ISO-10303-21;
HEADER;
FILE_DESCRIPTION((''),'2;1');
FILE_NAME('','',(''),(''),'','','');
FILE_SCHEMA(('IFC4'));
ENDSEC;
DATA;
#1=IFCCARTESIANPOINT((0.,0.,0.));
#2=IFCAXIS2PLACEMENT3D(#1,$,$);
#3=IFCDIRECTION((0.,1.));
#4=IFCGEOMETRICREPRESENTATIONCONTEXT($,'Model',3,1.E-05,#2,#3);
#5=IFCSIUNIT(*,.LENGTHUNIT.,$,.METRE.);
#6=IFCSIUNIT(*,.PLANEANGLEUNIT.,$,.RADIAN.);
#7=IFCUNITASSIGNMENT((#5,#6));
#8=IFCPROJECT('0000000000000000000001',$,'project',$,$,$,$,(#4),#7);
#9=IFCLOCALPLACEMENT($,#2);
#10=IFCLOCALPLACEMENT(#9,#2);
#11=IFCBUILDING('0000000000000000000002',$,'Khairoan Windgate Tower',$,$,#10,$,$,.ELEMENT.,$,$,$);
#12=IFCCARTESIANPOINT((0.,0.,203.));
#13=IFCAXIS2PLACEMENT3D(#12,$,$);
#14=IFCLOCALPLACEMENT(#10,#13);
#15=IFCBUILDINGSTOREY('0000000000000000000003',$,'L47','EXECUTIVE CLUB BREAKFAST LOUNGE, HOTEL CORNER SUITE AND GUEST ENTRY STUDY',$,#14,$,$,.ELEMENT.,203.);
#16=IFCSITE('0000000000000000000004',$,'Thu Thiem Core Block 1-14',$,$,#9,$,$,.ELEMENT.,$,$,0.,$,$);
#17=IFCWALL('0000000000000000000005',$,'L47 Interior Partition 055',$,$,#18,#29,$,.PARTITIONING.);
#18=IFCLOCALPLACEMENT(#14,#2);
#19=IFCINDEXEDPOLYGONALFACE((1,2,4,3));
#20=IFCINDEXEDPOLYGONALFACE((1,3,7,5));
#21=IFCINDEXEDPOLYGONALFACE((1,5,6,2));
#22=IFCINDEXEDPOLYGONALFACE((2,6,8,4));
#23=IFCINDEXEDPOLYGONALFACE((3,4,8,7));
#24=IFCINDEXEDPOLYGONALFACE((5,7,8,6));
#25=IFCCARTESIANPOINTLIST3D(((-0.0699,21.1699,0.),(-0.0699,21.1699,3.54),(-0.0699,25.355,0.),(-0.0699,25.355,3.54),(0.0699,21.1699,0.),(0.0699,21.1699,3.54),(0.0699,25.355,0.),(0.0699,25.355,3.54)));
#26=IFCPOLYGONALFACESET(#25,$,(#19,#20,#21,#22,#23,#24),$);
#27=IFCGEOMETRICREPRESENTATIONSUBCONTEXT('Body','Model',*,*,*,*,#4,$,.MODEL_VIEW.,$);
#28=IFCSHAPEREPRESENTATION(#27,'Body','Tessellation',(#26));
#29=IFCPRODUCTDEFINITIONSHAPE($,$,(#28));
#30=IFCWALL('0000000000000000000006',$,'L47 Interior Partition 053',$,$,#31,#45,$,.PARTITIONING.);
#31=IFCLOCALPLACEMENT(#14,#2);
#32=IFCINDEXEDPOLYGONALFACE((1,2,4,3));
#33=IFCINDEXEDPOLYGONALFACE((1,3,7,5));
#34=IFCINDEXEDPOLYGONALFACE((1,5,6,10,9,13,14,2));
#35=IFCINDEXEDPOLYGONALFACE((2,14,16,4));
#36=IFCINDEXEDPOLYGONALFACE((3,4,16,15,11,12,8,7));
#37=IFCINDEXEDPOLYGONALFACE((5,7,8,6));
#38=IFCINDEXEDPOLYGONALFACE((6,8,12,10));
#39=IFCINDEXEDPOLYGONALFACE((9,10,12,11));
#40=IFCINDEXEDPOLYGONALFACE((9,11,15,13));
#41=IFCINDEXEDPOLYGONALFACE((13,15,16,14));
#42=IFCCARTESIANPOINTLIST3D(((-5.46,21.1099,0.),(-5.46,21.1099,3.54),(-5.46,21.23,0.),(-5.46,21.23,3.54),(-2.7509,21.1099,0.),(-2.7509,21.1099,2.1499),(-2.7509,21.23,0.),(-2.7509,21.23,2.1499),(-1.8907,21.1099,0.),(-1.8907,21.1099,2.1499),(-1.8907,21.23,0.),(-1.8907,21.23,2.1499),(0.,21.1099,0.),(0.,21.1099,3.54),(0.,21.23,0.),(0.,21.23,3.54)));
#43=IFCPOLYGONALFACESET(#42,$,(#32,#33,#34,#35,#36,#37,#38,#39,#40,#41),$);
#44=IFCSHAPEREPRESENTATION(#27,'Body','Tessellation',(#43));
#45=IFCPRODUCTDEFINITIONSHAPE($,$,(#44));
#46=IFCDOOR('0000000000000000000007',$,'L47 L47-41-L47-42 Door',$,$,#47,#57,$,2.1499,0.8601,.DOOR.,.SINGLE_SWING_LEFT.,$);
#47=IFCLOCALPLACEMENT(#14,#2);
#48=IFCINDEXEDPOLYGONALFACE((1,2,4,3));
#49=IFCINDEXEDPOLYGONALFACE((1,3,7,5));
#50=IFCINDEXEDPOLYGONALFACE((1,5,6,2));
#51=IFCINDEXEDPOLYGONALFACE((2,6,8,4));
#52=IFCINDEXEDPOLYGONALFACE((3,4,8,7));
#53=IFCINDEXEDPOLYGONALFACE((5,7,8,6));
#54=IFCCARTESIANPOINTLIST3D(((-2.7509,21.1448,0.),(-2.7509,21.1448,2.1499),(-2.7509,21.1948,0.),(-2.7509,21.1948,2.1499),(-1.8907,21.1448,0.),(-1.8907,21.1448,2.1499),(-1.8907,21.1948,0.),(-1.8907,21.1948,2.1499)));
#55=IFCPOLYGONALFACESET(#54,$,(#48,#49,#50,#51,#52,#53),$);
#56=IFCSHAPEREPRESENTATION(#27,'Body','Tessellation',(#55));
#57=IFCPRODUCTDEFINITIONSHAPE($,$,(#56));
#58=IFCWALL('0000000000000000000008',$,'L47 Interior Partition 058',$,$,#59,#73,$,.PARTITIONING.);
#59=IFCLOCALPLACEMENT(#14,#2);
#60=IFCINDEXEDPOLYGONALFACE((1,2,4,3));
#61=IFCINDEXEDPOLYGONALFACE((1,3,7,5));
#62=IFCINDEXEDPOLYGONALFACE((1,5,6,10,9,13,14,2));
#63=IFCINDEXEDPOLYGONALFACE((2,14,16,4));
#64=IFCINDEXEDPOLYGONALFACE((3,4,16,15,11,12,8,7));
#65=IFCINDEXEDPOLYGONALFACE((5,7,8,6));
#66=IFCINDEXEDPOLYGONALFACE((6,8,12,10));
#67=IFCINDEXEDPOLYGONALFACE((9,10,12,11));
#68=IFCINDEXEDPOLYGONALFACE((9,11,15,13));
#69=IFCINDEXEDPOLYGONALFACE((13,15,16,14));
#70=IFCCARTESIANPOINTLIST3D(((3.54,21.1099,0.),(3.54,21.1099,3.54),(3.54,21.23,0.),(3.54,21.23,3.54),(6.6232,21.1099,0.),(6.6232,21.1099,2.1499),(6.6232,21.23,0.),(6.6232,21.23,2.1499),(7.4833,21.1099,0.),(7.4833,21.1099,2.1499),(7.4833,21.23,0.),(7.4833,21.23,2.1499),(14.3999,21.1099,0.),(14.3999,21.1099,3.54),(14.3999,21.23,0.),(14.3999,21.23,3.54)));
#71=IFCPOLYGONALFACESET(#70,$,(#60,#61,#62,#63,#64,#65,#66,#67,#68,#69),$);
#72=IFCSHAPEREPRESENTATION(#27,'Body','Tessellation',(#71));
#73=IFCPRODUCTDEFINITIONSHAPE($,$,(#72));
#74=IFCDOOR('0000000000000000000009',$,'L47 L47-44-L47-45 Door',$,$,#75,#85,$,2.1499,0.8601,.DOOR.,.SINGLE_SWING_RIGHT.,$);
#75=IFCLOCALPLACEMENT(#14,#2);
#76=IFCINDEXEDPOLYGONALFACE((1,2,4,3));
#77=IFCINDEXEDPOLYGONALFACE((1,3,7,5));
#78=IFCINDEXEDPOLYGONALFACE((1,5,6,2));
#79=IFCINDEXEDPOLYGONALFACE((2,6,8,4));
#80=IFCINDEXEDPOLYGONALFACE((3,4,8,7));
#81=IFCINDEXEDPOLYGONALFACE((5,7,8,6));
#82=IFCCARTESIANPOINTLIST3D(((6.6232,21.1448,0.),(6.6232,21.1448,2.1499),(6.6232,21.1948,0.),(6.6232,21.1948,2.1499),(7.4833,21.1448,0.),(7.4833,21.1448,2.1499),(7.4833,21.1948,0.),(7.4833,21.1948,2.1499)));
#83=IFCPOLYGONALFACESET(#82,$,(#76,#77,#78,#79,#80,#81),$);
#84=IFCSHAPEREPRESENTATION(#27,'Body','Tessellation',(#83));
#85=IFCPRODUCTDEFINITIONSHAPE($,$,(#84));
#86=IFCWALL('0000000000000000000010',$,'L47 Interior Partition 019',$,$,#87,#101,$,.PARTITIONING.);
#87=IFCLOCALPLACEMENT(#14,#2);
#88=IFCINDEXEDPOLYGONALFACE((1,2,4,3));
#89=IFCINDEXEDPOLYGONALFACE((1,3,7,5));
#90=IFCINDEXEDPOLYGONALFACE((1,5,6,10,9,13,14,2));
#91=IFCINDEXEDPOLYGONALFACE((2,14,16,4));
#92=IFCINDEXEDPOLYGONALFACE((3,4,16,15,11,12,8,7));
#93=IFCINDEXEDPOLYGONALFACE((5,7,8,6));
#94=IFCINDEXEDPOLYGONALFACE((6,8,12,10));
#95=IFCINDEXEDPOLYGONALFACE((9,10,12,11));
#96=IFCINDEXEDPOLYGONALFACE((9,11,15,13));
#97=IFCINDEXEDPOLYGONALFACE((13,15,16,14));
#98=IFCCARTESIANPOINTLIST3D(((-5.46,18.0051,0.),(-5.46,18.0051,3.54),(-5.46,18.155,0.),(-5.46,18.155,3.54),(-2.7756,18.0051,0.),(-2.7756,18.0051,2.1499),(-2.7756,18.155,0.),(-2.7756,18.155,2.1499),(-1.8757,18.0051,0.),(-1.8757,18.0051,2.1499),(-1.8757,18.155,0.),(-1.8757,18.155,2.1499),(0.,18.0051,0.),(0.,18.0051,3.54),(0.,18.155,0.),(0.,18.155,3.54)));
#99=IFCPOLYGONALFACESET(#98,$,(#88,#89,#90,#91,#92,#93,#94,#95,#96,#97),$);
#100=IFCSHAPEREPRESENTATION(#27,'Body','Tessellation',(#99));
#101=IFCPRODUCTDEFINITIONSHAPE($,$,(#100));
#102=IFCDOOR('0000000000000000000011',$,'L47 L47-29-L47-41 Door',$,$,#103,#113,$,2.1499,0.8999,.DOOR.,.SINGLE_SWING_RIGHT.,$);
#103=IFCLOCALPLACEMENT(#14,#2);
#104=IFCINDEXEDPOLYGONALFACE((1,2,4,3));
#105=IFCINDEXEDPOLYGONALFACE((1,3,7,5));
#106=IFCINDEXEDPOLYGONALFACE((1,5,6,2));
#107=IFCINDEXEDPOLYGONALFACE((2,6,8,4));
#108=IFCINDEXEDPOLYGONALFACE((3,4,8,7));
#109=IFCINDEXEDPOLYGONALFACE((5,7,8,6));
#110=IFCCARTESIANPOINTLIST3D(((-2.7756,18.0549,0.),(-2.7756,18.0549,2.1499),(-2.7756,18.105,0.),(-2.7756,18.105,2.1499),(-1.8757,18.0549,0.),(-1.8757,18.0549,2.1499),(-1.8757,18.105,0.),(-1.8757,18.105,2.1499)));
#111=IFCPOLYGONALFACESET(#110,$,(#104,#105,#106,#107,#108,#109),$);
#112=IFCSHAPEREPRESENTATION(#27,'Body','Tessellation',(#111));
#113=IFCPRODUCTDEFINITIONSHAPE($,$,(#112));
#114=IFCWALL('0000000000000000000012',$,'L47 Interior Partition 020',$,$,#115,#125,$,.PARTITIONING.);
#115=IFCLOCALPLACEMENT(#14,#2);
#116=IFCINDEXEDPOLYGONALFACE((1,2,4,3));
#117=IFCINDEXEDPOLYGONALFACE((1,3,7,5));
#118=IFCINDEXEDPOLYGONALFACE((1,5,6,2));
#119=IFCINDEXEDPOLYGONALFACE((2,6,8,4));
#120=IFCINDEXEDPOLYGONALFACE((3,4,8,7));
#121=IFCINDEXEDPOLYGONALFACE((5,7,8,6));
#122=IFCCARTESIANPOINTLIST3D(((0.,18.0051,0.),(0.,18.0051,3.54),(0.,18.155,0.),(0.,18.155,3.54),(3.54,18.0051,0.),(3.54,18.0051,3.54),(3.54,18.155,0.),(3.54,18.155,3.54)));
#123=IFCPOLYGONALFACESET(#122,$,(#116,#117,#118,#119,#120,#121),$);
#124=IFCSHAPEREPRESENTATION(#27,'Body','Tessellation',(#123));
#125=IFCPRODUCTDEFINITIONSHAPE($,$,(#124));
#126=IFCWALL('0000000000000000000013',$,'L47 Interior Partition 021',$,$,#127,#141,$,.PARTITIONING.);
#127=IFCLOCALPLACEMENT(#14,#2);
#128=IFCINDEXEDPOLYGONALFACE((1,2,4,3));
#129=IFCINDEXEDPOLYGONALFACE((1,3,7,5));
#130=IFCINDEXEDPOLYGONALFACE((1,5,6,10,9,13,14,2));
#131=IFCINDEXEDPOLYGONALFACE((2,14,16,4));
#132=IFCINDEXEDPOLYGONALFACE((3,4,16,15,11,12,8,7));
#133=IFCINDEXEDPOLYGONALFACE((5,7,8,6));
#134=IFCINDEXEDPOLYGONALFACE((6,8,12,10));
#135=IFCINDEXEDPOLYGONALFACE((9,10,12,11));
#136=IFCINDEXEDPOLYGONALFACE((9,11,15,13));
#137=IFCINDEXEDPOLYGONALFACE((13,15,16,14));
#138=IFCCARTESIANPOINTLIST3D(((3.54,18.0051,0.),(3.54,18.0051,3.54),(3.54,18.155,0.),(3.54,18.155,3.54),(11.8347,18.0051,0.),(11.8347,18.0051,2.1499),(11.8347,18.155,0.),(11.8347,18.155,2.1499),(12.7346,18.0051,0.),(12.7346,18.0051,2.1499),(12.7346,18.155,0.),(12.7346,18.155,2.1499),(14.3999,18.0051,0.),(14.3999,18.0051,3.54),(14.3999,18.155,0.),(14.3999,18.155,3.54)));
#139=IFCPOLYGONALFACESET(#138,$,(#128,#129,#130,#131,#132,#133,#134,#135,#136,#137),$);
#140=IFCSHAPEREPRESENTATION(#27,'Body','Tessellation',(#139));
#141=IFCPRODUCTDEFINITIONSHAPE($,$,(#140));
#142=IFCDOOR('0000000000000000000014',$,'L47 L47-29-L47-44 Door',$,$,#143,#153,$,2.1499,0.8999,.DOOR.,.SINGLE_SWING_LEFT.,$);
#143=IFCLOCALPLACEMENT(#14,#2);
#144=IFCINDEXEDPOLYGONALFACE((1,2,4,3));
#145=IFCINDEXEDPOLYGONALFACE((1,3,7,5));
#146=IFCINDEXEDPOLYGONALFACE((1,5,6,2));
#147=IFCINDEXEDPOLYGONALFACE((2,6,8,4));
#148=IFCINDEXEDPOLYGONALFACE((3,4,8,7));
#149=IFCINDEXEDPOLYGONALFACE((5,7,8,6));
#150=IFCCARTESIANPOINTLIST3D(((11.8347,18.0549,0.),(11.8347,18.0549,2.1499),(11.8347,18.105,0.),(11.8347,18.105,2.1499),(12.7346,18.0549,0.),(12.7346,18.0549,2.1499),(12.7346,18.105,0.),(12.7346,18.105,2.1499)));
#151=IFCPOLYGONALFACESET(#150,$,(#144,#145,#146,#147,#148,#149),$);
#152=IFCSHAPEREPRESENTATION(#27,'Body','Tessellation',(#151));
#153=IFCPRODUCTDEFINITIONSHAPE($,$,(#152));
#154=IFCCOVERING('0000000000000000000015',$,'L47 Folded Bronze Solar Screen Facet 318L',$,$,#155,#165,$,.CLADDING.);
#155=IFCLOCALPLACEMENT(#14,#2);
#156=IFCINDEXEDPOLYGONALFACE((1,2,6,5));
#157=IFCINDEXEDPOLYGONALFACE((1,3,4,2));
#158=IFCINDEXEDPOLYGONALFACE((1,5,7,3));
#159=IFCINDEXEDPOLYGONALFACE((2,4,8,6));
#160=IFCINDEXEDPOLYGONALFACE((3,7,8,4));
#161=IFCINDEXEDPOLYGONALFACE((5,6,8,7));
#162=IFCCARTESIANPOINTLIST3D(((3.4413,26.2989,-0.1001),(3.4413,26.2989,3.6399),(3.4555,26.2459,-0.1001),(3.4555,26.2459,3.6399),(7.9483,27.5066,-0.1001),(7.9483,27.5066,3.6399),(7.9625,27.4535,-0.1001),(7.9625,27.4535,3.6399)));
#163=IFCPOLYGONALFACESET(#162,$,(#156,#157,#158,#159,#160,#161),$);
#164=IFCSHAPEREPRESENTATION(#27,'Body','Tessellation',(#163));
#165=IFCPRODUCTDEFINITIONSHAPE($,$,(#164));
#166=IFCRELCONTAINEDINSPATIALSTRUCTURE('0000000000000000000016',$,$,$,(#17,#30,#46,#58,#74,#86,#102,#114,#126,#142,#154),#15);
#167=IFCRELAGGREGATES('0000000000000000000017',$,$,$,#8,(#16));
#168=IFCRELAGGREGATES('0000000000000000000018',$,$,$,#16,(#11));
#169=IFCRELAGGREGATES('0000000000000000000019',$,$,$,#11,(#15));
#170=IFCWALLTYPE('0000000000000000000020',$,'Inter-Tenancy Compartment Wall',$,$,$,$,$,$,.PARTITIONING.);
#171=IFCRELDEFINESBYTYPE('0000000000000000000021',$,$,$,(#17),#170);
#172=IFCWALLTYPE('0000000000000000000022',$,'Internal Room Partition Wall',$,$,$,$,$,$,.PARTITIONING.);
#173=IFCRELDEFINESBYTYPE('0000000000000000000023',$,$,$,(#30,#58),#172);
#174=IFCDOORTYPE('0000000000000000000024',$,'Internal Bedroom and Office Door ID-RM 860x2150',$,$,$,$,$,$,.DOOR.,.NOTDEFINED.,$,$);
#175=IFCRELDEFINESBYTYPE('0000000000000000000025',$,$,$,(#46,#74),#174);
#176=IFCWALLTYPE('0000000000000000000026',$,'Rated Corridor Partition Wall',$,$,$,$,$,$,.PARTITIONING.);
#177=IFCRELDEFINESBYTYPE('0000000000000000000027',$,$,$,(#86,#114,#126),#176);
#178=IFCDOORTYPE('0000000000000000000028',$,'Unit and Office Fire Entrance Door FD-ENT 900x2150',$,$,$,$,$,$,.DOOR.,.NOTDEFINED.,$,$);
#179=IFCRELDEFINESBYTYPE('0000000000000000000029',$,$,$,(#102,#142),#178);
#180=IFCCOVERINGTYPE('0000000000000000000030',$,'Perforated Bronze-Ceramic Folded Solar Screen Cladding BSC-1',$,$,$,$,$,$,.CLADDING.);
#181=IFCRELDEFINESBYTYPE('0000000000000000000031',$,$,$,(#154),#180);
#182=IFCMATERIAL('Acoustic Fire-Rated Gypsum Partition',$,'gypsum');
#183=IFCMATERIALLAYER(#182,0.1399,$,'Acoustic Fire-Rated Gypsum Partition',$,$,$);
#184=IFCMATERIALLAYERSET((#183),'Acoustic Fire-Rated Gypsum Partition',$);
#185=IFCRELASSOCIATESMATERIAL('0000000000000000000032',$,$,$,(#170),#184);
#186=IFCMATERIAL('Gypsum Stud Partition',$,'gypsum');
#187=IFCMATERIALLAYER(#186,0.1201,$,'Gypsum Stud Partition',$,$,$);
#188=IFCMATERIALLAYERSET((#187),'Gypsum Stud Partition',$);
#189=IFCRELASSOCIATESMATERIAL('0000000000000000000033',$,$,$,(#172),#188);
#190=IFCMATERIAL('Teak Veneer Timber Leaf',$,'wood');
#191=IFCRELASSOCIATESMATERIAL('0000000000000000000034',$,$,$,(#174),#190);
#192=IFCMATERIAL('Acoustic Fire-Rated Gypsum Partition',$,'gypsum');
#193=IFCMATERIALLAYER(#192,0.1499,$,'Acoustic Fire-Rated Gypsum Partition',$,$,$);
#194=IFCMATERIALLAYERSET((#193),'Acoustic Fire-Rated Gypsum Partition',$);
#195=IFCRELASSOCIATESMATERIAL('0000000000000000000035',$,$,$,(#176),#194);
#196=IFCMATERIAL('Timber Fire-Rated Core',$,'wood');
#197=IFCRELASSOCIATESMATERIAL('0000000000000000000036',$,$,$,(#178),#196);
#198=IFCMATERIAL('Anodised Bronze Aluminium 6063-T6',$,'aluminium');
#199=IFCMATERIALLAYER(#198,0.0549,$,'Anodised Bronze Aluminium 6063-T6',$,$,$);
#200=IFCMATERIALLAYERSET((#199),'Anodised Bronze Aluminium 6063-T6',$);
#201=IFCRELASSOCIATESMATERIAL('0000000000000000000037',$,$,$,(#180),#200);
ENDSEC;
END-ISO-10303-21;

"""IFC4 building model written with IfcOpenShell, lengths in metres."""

from ifc_helpers import new_model, si_unit, direction, frame, frame_2d, origin, origin_2d, place, context, subcontext, project, spatial, rectangle, extrude, material, layer, layer_set, type_object, element, fill, save


model = new_model("IFC4")

# Units and contexts
model_context = context("Model", 3, precision=1e-05, world=origin(), true_north=direction((0.0, 1.0)))
body_context = subcontext(model_context, "Body", "Model", "MODEL_VIEW")
ifc_project = project(units=[si_unit("LENGTHUNIT", "METRE"), si_unit("PLANEANGLEUNIT", "RADIAN")], contexts=[model_context])

# Site, building, storey
site_placement = place(None, origin())
site = spatial("IfcSite", under=ifc_project, at=site_placement, Name="Thu Thiem Core Block 1-14", CompositionType="ELEMENT", RefElevation=0.0)
building_placement = place(site_placement, origin())
building = spatial("IfcBuilding", under=site, at=building_placement, Name="Khairoan Windgate Tower", CompositionType="ELEMENT")
storey_placement = place(building_placement, frame((0.0, 0.0, 203.0)))
storey = spatial("IfcBuildingStorey", under=building, at=storey_placement, Name="L47", Description="EXECUTIVE CLUB BREAKFAST LOUNGE, HOTEL CORNER SUITE AND GUEST ENTRY STUDY", CompositionType="ELEMENT", Elevation=203.0)

# Wall
ifc_material_1 = material(Name="Acoustic Fire-Rated Gypsum Partition", Category="gypsum")
ifc_layer_1 = layer(ifc_material_1, 0.1399, Name="Acoustic Fire-Rated Gypsum Partition")
ifc_layer_set_1 = layer_set([ifc_layer_1], Name="Acoustic Fire-Rated Gypsum Partition")
wall_type_1 = type_object("IfcWallType", Name="Inter-Tenancy Compartment Wall", PredefinedType="PARTITIONING", material=ifc_layer_set_1)
wall_1_placement = place(storey_placement, frame((0.0, 21.1699, 0.0), z_axis=(0.0, 0.0, 1.0), x_axis=(0.0, 1.0, 0.0)))
element("IfcWall", 1, at=wall_1_placement, inside=storey, type_object=wall_type_1, Name="L47 Interior Partition 055", PredefinedType="PARTITIONING", context=body_context, shape_type="SweptSolid", body=[
    extrude(rectangle(XDim=4.1851, YDim=0.1399, at=frame_2d((2.0925, 0.0))), origin(), (0.0, 0.0, 1.0), 3.54),
])

# Walls, openings, doors
ifc_material_2 = material(Name="Gypsum Stud Partition", Category="gypsum")
ifc_layer_2 = layer(ifc_material_2, 0.1201, Name="Gypsum Stud Partition")
ifc_layer_set_2 = layer_set([ifc_layer_2], Name="Gypsum Stud Partition")
wall_type_2 = type_object("IfcWallType", Name="Internal Room Partition Wall", PredefinedType="PARTITIONING", material=ifc_layer_set_2)
wall_2_placement = place(storey_placement, frame((-5.46, 21.1699, 0.0), z_axis=(0.0, 0.0, 1.0), x_axis=(1.0, 0.0, 0.0)))
wall_2 = element("IfcWall", 2, at=wall_2_placement, inside=storey, type_object=wall_type_2, Name="L47 Interior Partition 053", PredefinedType="PARTITIONING", context=body_context, shape_type="SweptSolid", body=[
    extrude(rectangle(XDim=5.46, YDim=0.1201, at=frame_2d((2.73, 0.0))), origin(), (0.0, 0.0, 1.0), 3.54),
])
opening_1_placement = place(wall_2_placement, frame((2.709, 0.0, 0.0)))
opening_1 = element("IfcOpeningElement", 3, at=opening_1_placement, cuts=wall_2, PredefinedType="OPENING", context=body_context, shape_type="SweptSolid", body=[
    extrude(rectangle(XDim=0.8601, YDim=2.1499, at=frame_2d((0.4302, 1.075))), frame((0.0, 0.0701, 0.0), z_axis=(0.0, -1.0, 0.0), x_axis=(1.0, 0.0, 0.0)), (0.0, 0.0, 1.0), 0.1401),
])
ifc_material_3 = material(Name="Teak Veneer Timber Leaf", Category="wood")
door_type_1 = type_object("IfcDoorType", Name="Internal Bedroom and Office Door ID-RM 860x2150", OperationType="NOTDEFINED", PredefinedType="DOOR", material=ifc_material_3)
door_1_placement = place(opening_1_placement, origin())
door_1 = element("IfcDoor", 4, at=door_1_placement, inside=storey, type_object=door_type_1, Name="L47 L47-41-L47-42 Door", OperationType="SINGLE_SWING_LEFT", OverallHeight=2.1499, OverallWidth=0.8601, PredefinedType="DOOR", context=body_context, shape_type="SweptSolid", body=[
    extrude(rectangle(XDim=0.8601, YDim=2.1499, at=frame_2d((0.4302, 1.075))), frame((0.0, 0.0249, 0.0), z_axis=(0.0, -1.0, 0.0), x_axis=(1.0, 0.0, 0.0)), (0.0, 0.0, 1.0), 0.05),
])
fill(opening_1, door_1)
wall_3_placement = place(storey_placement, frame((3.54, 21.1699, 0.0), z_axis=(0.0, 0.0, 1.0), x_axis=(1.0, 0.0, 0.0)))
wall_3 = element("IfcWall", 5, at=wall_3_placement, inside=storey, type_object=wall_type_2, Name="L47 Interior Partition 058", PredefinedType="PARTITIONING", context=body_context, shape_type="SweptSolid", body=[
    extrude(rectangle(XDim=10.8599, YDim=0.1201, at=frame_2d((5.4299, 0.0))), origin(), (0.0, 0.0, 1.0), 3.54),
])
opening_2_placement = place(wall_3_placement, frame((3.083, 0.0, 0.0)))
opening_2 = element("IfcOpeningElement", 6, at=opening_2_placement, cuts=wall_3, PredefinedType="OPENING", context=body_context, shape_type="SweptSolid", body=[
    extrude(rectangle(XDim=0.8601, YDim=2.1499, at=frame_2d((0.4302, 1.075))), frame((0.0, 0.0701, 0.0), z_axis=(0.0, -1.0, 0.0), x_axis=(1.0, 0.0, 0.0)), (0.0, 0.0, 1.0), 0.1401),
])
door_2_placement = place(opening_2_placement, origin())
door_2 = element("IfcDoor", 7, at=door_2_placement, inside=storey, type_object=door_type_1, Name="L47 L47-44-L47-45 Door", OperationType="SINGLE_SWING_RIGHT", OverallHeight=2.1499, OverallWidth=0.8601, PredefinedType="DOOR", context=body_context, shape_type="SweptSolid", body=[
    extrude(rectangle(XDim=0.8601, YDim=2.1499, at=frame_2d((0.4302, 1.075))), frame((0.0, 0.0249, 0.0), z_axis=(0.0, -1.0, 0.0), x_axis=(1.0, 0.0, 0.0)), (0.0, 0.0, 1.0), 0.05),
])
fill(opening_2, door_2)
ifc_material_4 = material(Name="Acoustic Fire-Rated Gypsum Partition", Category="gypsum")
ifc_layer_3 = layer(ifc_material_4, 0.1499, Name="Acoustic Fire-Rated Gypsum Partition")
ifc_layer_set_3 = layer_set([ifc_layer_3], Name="Acoustic Fire-Rated Gypsum Partition")
wall_type_3 = type_object("IfcWallType", Name="Rated Corridor Partition Wall", PredefinedType="PARTITIONING", material=ifc_layer_set_3)
wall_4_placement = place(storey_placement, frame((-5.46, 18.0801, 0.0), z_axis=(0.0, 0.0, 1.0), x_axis=(1.0, 0.0, 0.0)))
wall_4 = element("IfcWall", 8, at=wall_4_placement, inside=storey, type_object=wall_type_3, Name="L47 Interior Partition 019", PredefinedType="PARTITIONING", context=body_context, shape_type="SweptSolid", body=[
    extrude(rectangle(XDim=5.46, YDim=0.1499, at=frame_2d((2.73, 0.0))), origin(), (0.0, 0.0, 1.0), 3.54),
])
opening_3_placement = place(wall_4_placement, frame((2.6843, 0.0, 0.0)))
opening_3 = element("IfcOpeningElement", 9, at=opening_3_placement, cuts=wall_4, PredefinedType="OPENING", context=body_context, shape_type="SweptSolid", body=[
    extrude(rectangle(XDim=0.8999, YDim=2.1499, at=frame_2d((0.45, 1.075))), frame((0.0, 0.085, 0.0), z_axis=(0.0, -1.0, 0.0), x_axis=(1.0, 0.0, 0.0)), (0.0, 0.0, 1.0), 0.1699),
])
ifc_material_5 = material(Name="Timber Fire-Rated Core", Category="wood")
door_type_2 = type_object("IfcDoorType", Name="Unit and Office Fire Entrance Door FD-ENT 900x2150", OperationType="NOTDEFINED", PredefinedType="DOOR", material=ifc_material_5)
door_3_placement = place(opening_3_placement, origin())
door_3 = element("IfcDoor", 10, at=door_3_placement, inside=storey, type_object=door_type_2, Name="L47 L47-29-L47-41 Door", OperationType="SINGLE_SWING_RIGHT", OverallHeight=2.1499, OverallWidth=0.8999, PredefinedType="DOOR", context=body_context, shape_type="SweptSolid", body=[
    extrude(rectangle(XDim=0.8999, YDim=2.1499, at=frame_2d((0.45, 1.075))), frame((0.0, 0.0249, 0.0), z_axis=(0.0, -1.0, 0.0), x_axis=(1.0, 0.0, 0.0)), (0.0, 0.0, 1.0), 0.05),
])
fill(opening_3, door_3)

# Wall
wall_5_placement = place(storey_placement, frame((0.0, 18.0801, 0.0), z_axis=(0.0, 0.0, 1.0), x_axis=(1.0, 0.0, 0.0)))
element("IfcWall", 11, at=wall_5_placement, inside=storey, type_object=wall_type_3, Name="L47 Interior Partition 020", PredefinedType="PARTITIONING", context=body_context, shape_type="SweptSolid", body=[
    extrude(rectangle(XDim=3.54, YDim=0.1499, at=frame_2d((1.77, 0.0))), origin(), (0.0, 0.0, 1.0), 3.54),
])

# Wall, opening, door
wall_6_placement = place(storey_placement, frame((3.54, 18.0801, 0.0), z_axis=(0.0, 0.0, 1.0), x_axis=(1.0, 0.0, 0.0)))
wall_6 = element("IfcWall", 12, at=wall_6_placement, inside=storey, type_object=wall_type_3, Name="L47 Interior Partition 021", PredefinedType="PARTITIONING", context=body_context, shape_type="SweptSolid", body=[
    extrude(rectangle(XDim=10.8599, YDim=0.1499, at=frame_2d((5.4299, 0.0))), origin(), (0.0, 0.0, 1.0), 3.54),
])
opening_4_placement = place(wall_6_placement, frame((8.2947, 0.0, 0.0)))
opening_4 = element("IfcOpeningElement", 13, at=opening_4_placement, cuts=wall_6, PredefinedType="OPENING", context=body_context, shape_type="SweptSolid", body=[
    extrude(rectangle(XDim=0.8999, YDim=2.1499, at=frame_2d((0.45, 1.075))), frame((0.0, 0.085, 0.0), z_axis=(0.0, -1.0, 0.0), x_axis=(1.0, 0.0, 0.0)), (0.0, 0.0, 1.0), 0.1699),
])
door_4_placement = place(opening_4_placement, origin())
door_4 = element("IfcDoor", 14, at=door_4_placement, inside=storey, type_object=door_type_2, Name="L47 L47-29-L47-44 Door", OperationType="SINGLE_SWING_LEFT", OverallHeight=2.1499, OverallWidth=0.8999, PredefinedType="DOOR", context=body_context, shape_type="SweptSolid", body=[
    extrude(rectangle(XDim=0.8999, YDim=2.1499, at=frame_2d((0.45, 1.075))), frame((0.0, 0.0249, 0.0), z_axis=(0.0, -1.0, 0.0), x_axis=(1.0, 0.0, 0.0)), (0.0, 0.0, 1.0), 0.05),
])
fill(opening_4, door_4)

# Covering
ifc_material_6 = material(Name="Anodised Bronze Aluminium 6063-T6", Category="aluminium")
ifc_layer_4 = layer(ifc_material_6, 0.0549, Name="Anodised Bronze Aluminium 6063-T6")
ifc_layer_set_4 = layer_set([ifc_layer_4], Name="Anodised Bronze Aluminium 6063-T6")
covering_type = type_object("IfcCoveringType", Name="Perforated Bronze-Ceramic Folded Solar Screen Cladding BSC-1", PredefinedType="CLADDING", material=ifc_layer_set_4)
covering_placement = place(storey_placement, frame((5.7019, 26.8762, -0.1001), z_axis=(0.0, 0.0, 1.0), x_axis=(0.965926, 0.258819, 0.0)))
element("IfcCovering", 15, at=covering_placement, inside=storey, type_object=covering_type, Name="L47 Folded Bronze Solar Screen Facet 318L", PredefinedType="CLADDING", context=body_context, shape_type="SweptSolid", body=[
    extrude(rectangle(XDim=4.666, YDim=0.0549, at=origin_2d()), origin(), (0.0, 0.0, 1.0), 3.74),
])

save(model, "model.ifc")
